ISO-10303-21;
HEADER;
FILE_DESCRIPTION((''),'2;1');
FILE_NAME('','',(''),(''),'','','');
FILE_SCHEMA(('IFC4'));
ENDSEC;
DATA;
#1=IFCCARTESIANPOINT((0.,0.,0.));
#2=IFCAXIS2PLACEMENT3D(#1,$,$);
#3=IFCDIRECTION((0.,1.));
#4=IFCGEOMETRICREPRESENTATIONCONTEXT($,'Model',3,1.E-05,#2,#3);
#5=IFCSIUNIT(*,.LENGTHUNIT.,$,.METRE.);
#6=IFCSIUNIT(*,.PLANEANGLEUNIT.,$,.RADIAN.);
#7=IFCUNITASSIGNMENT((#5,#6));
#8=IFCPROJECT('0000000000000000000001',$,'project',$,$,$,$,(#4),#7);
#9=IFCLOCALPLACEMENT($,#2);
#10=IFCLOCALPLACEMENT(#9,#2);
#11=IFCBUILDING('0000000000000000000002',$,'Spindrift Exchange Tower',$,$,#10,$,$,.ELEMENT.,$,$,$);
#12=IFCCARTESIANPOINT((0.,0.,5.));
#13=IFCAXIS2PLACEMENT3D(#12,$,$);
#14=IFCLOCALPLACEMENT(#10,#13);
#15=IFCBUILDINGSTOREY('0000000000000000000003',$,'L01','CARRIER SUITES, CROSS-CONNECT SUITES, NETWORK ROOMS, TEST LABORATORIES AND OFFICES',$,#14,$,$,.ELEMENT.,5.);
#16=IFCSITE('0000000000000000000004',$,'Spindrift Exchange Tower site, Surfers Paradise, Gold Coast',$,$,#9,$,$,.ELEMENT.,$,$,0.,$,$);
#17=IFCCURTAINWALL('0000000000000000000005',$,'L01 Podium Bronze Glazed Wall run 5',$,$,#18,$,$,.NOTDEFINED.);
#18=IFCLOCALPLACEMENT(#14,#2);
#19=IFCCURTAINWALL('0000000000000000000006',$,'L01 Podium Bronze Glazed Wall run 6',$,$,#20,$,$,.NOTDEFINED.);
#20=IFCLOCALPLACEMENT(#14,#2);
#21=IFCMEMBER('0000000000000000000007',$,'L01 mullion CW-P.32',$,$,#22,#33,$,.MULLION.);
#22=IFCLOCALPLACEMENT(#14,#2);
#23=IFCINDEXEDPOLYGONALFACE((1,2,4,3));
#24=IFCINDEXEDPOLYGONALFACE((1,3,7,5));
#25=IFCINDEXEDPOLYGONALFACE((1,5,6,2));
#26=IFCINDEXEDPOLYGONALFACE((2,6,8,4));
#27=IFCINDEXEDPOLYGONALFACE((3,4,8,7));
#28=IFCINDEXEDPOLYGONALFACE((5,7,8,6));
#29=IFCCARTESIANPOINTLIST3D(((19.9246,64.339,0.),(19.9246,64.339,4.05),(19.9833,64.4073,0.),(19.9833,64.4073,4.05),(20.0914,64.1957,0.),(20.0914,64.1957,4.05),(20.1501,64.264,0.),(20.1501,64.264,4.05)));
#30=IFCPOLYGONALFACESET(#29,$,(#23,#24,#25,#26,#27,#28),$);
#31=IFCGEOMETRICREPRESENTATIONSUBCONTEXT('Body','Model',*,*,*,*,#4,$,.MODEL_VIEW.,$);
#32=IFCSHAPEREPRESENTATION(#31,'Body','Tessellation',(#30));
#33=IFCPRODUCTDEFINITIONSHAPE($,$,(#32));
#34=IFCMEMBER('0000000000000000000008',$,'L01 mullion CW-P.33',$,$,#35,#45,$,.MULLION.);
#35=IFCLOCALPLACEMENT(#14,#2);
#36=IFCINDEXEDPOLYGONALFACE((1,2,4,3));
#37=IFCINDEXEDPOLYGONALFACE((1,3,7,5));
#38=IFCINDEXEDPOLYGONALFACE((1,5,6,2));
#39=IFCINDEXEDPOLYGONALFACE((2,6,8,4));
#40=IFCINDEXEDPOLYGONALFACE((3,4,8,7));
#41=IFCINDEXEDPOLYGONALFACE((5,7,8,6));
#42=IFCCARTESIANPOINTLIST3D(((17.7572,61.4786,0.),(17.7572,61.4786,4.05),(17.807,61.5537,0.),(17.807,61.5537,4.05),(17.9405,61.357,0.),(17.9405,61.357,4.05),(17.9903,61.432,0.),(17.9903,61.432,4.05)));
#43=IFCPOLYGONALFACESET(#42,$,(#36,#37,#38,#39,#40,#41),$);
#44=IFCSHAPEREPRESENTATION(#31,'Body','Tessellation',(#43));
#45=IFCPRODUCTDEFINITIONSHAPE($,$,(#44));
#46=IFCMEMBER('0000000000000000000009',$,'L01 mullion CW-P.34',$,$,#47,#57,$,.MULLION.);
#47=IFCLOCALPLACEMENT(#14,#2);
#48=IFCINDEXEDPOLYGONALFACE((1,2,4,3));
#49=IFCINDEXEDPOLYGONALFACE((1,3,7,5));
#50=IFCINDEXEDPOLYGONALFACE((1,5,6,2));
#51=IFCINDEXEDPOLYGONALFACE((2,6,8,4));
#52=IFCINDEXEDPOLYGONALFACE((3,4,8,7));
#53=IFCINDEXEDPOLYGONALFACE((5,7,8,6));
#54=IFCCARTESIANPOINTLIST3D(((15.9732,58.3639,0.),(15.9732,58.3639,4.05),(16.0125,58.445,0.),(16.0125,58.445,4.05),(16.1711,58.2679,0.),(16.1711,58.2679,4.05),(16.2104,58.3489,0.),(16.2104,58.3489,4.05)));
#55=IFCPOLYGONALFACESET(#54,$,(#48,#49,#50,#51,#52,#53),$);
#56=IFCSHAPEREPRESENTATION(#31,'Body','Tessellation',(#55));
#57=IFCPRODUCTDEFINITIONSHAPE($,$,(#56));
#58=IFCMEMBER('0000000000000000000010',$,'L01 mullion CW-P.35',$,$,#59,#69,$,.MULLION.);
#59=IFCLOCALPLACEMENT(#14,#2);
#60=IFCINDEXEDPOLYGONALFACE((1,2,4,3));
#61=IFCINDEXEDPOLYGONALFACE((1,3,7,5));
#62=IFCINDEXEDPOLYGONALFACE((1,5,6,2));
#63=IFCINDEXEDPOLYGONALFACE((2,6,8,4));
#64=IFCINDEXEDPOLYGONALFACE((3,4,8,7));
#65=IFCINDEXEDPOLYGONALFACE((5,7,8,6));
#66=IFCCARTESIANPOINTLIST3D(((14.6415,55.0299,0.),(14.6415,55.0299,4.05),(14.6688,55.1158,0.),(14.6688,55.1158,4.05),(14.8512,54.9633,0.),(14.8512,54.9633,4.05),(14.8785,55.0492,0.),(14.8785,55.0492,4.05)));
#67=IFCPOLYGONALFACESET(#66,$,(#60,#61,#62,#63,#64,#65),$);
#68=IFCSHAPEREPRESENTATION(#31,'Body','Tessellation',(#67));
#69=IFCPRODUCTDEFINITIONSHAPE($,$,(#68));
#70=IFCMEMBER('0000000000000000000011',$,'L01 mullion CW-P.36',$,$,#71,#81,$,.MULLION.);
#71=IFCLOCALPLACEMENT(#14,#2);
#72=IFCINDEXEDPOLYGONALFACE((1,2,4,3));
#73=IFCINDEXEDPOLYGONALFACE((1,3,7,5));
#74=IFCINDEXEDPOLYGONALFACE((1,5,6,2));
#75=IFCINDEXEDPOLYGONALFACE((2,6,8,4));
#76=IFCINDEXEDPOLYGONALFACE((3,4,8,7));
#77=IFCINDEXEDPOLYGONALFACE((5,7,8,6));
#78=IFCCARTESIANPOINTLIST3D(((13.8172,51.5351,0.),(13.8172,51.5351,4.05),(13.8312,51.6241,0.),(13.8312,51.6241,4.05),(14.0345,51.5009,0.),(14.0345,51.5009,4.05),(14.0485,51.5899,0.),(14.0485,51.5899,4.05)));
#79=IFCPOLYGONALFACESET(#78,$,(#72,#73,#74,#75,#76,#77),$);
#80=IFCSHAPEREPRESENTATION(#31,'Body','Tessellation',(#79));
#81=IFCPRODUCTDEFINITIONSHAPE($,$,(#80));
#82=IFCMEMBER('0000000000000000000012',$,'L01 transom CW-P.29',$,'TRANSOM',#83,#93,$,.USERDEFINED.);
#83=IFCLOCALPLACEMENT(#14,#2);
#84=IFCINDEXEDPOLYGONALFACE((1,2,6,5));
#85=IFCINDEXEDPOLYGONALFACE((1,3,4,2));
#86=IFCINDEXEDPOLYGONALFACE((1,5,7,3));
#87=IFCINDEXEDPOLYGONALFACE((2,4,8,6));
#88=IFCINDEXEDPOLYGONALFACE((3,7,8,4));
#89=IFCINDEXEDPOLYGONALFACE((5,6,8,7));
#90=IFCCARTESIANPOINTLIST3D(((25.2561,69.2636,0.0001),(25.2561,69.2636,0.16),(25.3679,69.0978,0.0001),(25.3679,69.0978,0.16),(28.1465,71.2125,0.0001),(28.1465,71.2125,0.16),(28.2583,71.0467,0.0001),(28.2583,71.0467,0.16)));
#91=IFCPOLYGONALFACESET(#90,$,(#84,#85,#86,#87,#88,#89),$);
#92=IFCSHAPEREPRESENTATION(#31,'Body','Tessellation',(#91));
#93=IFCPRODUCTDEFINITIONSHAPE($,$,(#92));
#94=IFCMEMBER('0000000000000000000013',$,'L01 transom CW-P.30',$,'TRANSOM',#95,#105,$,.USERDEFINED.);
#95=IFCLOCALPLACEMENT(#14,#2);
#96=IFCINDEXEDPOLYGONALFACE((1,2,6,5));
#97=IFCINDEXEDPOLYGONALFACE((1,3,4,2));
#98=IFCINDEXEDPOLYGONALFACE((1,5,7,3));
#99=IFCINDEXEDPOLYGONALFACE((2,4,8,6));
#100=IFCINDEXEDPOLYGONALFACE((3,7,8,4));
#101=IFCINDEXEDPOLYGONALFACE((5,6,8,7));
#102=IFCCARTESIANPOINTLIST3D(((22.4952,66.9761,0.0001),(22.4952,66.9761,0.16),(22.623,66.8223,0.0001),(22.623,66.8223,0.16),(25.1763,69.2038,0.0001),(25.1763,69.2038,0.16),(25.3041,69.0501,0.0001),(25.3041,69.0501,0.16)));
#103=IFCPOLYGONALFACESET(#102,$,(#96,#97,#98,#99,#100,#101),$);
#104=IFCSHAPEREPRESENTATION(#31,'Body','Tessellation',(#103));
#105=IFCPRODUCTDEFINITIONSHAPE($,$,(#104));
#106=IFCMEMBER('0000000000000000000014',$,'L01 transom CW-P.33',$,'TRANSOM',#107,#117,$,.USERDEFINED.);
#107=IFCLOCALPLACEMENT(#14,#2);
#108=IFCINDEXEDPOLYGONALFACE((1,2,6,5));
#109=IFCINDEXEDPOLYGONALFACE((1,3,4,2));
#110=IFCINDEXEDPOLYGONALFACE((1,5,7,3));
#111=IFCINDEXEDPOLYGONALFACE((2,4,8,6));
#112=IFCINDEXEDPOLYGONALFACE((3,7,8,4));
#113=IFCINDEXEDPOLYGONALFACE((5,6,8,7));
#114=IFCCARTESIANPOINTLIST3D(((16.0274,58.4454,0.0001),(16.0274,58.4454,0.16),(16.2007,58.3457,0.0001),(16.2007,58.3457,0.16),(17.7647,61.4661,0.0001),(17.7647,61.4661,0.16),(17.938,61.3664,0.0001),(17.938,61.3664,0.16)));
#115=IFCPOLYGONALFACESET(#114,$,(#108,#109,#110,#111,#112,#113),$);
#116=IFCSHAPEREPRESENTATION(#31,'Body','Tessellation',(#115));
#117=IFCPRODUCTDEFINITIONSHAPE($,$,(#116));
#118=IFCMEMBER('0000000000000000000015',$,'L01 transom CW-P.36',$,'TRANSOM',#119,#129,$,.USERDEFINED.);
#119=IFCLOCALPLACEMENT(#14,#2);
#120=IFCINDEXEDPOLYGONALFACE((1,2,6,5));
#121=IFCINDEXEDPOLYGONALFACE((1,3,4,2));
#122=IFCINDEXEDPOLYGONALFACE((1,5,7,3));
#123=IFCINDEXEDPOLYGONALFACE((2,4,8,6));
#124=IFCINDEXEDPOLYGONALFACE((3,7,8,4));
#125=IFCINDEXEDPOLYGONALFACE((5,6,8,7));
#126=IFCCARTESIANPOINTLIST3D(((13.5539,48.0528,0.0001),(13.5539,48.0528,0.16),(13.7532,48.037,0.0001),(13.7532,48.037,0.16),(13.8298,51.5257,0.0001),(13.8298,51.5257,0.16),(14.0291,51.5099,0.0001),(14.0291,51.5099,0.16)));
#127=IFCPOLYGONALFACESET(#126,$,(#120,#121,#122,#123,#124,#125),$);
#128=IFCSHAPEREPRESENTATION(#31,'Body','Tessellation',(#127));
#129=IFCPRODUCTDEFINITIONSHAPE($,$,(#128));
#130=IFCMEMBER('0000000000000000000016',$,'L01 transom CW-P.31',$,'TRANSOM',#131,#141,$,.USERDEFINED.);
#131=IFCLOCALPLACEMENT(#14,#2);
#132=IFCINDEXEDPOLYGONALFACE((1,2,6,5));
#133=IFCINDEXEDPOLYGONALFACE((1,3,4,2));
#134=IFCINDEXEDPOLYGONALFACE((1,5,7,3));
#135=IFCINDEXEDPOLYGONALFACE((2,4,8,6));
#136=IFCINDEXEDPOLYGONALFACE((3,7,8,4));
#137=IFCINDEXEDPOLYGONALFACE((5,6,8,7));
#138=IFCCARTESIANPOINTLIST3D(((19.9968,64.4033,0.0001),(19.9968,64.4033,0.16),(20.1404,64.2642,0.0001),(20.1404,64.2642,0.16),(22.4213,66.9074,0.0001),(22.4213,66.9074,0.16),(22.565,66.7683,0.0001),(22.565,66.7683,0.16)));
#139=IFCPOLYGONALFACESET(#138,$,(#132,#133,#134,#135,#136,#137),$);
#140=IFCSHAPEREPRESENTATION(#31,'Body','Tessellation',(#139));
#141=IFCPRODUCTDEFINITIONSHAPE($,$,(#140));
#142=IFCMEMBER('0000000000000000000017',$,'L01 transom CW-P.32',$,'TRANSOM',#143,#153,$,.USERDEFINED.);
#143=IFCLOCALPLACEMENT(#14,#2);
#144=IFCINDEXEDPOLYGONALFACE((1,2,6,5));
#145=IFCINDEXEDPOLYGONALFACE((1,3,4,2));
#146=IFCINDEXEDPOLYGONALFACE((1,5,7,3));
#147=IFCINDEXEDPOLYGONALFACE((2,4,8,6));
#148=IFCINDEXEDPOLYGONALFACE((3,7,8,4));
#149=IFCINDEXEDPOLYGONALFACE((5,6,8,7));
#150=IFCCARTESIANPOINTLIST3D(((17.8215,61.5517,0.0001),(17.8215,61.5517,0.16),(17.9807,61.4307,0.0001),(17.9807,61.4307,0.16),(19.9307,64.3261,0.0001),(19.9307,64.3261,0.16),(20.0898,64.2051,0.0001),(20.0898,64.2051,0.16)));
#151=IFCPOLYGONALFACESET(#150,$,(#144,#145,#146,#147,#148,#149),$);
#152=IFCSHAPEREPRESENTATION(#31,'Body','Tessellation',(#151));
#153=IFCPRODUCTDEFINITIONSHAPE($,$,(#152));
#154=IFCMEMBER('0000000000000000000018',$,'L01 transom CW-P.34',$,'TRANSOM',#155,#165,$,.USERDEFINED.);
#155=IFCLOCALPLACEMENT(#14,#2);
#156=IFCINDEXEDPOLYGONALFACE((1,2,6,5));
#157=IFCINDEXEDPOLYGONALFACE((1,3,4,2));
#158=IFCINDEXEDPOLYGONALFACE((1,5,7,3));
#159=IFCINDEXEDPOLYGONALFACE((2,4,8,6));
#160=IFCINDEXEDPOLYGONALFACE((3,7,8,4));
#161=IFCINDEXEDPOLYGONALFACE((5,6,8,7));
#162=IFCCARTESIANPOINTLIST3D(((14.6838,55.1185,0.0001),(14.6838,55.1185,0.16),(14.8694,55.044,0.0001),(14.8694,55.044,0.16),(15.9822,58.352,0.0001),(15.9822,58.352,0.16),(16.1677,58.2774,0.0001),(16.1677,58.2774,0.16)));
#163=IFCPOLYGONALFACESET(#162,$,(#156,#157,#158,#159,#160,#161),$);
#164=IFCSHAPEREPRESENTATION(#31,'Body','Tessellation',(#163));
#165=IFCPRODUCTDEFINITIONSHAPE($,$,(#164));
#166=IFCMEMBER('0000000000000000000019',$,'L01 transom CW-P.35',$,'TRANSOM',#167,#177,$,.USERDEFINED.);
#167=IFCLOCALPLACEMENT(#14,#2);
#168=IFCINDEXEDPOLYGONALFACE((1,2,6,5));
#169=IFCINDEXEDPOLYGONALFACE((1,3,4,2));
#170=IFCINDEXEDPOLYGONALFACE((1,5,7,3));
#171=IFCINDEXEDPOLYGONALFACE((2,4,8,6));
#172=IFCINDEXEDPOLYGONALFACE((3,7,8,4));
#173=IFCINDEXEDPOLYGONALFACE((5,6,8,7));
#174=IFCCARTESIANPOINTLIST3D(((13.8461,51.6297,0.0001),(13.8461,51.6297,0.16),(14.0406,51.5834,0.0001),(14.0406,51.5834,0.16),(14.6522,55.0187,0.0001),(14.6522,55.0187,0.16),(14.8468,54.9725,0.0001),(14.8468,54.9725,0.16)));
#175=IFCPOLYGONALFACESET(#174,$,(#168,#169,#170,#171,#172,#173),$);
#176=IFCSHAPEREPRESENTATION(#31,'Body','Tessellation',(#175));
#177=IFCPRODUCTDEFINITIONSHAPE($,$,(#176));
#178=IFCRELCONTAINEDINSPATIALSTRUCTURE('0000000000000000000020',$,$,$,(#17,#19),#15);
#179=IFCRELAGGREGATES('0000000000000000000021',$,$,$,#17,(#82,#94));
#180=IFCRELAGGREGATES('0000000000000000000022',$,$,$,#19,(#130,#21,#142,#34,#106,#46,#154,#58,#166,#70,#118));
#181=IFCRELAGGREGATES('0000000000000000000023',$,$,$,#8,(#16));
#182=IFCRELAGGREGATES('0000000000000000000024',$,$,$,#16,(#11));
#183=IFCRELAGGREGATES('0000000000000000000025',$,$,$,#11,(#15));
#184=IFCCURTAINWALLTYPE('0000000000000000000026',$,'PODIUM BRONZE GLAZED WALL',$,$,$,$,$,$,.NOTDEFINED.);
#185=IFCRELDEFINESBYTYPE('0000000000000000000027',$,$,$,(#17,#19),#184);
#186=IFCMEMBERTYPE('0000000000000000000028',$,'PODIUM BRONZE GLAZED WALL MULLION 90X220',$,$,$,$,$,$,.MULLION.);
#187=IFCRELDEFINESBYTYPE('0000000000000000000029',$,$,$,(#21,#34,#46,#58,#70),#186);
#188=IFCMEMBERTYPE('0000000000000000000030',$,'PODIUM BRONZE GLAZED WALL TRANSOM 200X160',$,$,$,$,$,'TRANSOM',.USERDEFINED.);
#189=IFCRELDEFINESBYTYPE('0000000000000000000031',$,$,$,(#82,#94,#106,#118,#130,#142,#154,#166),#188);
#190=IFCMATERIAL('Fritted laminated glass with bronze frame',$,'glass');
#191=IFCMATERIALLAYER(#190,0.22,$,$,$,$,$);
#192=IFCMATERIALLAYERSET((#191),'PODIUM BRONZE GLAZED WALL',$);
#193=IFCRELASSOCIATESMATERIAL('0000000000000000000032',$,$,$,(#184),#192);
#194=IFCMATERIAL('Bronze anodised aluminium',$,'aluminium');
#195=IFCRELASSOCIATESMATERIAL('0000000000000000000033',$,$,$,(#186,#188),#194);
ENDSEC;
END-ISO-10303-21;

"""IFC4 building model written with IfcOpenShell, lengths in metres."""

from ifc_helpers import new_model, si_unit, direction, frame, origin, origin_2d, place, context, subcontext, project, spatial, rectangle, extrude, source, transform, mapped, material, layer, layer_set, material_profile, profile_set, type_object, element, aggregate, save


model = new_model("IFC4")

# Units and contexts
model_context = context("Model", 3, precision=1e-05, world=origin(), true_north=direction((0.0, 1.0)))
body_context = subcontext(model_context, "Body", "Model", "MODEL_VIEW")
ifc_project = project(units=[si_unit("LENGTHUNIT", "METRE"), si_unit("PLANEANGLEUNIT", "RADIAN")], contexts=[model_context])

# Site, building, storey
site_placement = place(None, origin())
site = spatial("IfcSite", under=ifc_project, at=site_placement, Name="Spindrift Exchange Tower site, Surfers Paradise, Gold Coast", CompositionType="ELEMENT", RefElevation=0.0)
building_placement = place(site_placement, origin())
building = spatial("IfcBuilding", under=site, at=building_placement, Name="Spindrift Exchange Tower", CompositionType="ELEMENT")
storey_placement = place(building_placement, frame((0.0, 0.0, 5.0)))
storey = spatial("IfcBuildingStorey", under=building, at=storey_placement, Name="L01", Description="CARRIER SUITES, CROSS-CONNECT SUITES, NETWORK ROOMS, TEST LABORATORIES AND OFFICES", CompositionType="ELEMENT", Elevation=5.0)

# Curtain walls, members
ifc_material_1 = material(Name="Fritted laminated glass with bronze frame", Category="glass")
ifc_layer_1 = layer(ifc_material_1, 0.22)
ifc_layer_set_1 = layer_set([ifc_layer_1], Name="PODIUM BRONZE GLAZED WALL")
curtain_wall_type = type_object("IfcCurtainWallType", Name="PODIUM BRONZE GLAZED WALL", PredefinedType="NOTDEFINED", material=ifc_layer_set_1)
curtain_wall_1_placement = place(storey_placement, origin())
curtain_wall_1 = element("IfcCurtainWall", 1, at=curtain_wall_1_placement, inside=storey, type_object=curtain_wall_type, Name="L01 Podium Bronze Glazed Wall run 5", PredefinedType="NOTDEFINED")
ifc_material_2 = material(Name="Bronze anodised aluminium", Category="aluminium")
ifc_material_profile_1 = material_profile(ifc_material_2, rectangle(XDim=0.0901, YDim=0.22, at=origin_2d()), Name="PODIUM BRONZE GLAZED WALL MULLION 90X220")
ifc_profile_set_1 = profile_set([ifc_material_profile_1], Name="Bronze anodised aluminium")
member_type_1 = type_object("IfcMemberType", Name="PODIUM BRONZE GLAZED WALL MULLION 90X220", PredefinedType="MULLION", material=ifc_profile_set_1)
shared_shape_1 = source(origin(), body_context, "Body", "SweptSolid", [
    extrude(rectangle(XDim=0.0901, YDim=0.22, at=origin_2d()), origin(), (0.0, 0.0, 1.0), 4.05),
])
curtain_wall_2_placement = place(storey_placement, origin())
curtain_wall_2 = element("IfcCurtainWall", 2, at=curtain_wall_2_placement, inside=storey, type_object=curtain_wall_type, Name="L01 Podium Bronze Glazed Wall run 6", PredefinedType="NOTDEFINED")
member_1_placement = place(storey_placement, frame((20.0374, 64.3015, 0.0), z_axis=(0.0, 0.0, 1.0), x_axis=(-0.651538, -0.758616, 0.0)))
member_1 = element("IfcMember", 3, at=member_1_placement, type_object=member_type_1, Name="L01 mullion CW-P.32", PredefinedType="MULLION", context=body_context, shape_type="MappedRepresentation", body=[
    mapped(shared_shape_1, transform((0.0, 0.0, 0.0), scale=1.0)),
])
member_2_placement = place(storey_placement, frame((17.8738, 61.4553, 0.0), z_axis=(0.0, 0.0, 1.0), x_axis=(-0.552979, -0.833195, 0.0)))
member_2 = element("IfcMember", 4, at=member_2_placement, type_object=member_type_1, Name="L01 mullion CW-P.33", PredefinedType="MULLION", context=body_context, shape_type="MappedRepresentation", body=[
    mapped(shared_shape_1, transform((0.0, 0.0, 0.0), scale=1.0)),
])
member_3_placement = place(storey_placement, frame((16.0918, 58.3564, 0.0), z_axis=(0.0, 0.0, 1.0), x_axis=(-0.436633, -0.89964, 0.0)))
member_3 = element("IfcMember", 5, at=member_3_placement, type_object=member_type_1, Name="L01 mullion CW-P.34", PredefinedType="MULLION", context=body_context, shape_type="MappedRepresentation", body=[
    mapped(shared_shape_1, transform((0.0, 0.0, 0.0), scale=1.0)),
])
member_4_placement = place(storey_placement, frame((14.76, 55.0396, 0.0), z_axis=(0.0, 0.0, 1.0), x_axis=(-0.302835, -0.953043, 0.0)))
member_4 = element("IfcMember", 6, at=member_4_placement, type_object=member_type_1, Name="L01 mullion CW-P.35", PredefinedType="MULLION", context=body_context, shape_type="MappedRepresentation", body=[
    mapped(shared_shape_1, transform((0.0, 0.0, 0.0), scale=1.0)),
])
member_5_placement = place(storey_placement, frame((13.9329, 51.5625, 0.0), z_axis=(0.0, 0.0, 1.0), x_axis=(-0.155743, -0.987798, 0.0)))
member_5 = element("IfcMember", 7, at=member_5_placement, type_object=member_type_1, Name="L01 mullion CW-P.36", PredefinedType="MULLION", context=body_context, shape_type="MappedRepresentation", body=[
    mapped(shared_shape_1, transform((0.0, 0.0, 0.0), scale=1.0)),
])

# Members
ifc_material_profile_2 = material_profile(ifc_material_2, rectangle(XDim=0.2, YDim=0.1599, at=origin_2d()), Name="PODIUM BRONZE GLAZED WALL TRANSOM 200X160")
ifc_profile_set_2 = profile_set([ifc_material_profile_2], Name="Bronze anodised aluminium")
member_type_2 = type_object("IfcMemberType", Name="PODIUM BRONZE GLAZED WALL TRANSOM 200X160", ElementType="TRANSOM", PredefinedType="USERDEFINED", material=ifc_profile_set_2)
shared_shape_2 = source(origin(), body_context, "Body", "SweptSolid", [
    extrude(rectangle(XDim=0.2, YDim=0.1599, at=origin_2d()), origin(), (0.0, 0.0, 1.0), 3.4861),
])
member_6_placement = place(storey_placement, frame((28.2024, 71.1296, 0.0801), z_axis=(-0.829119, -0.559072, 0.0), x_axis=(0.559072, -0.829119, 0.0)))
member_6 = element("IfcMember", 8, at=member_6_placement, type_object=member_type_2, Name="L01 transom CW-P.29", ObjectType="TRANSOM", PredefinedType="USERDEFINED", context=body_context, shape_type="MappedRepresentation", body=[
    mapped(shared_shape_2, transform((0.0, 0.0, 0.0), scale=1.0)),
])
shared_shape_3 = source(origin(), body_context, "Body", "SweptSolid", [
    extrude(rectangle(XDim=0.2, YDim=0.1599, at=origin_2d()), origin(), (0.0, 0.0, 1.0), 3.4858),
])
member_7_placement = place(storey_placement, frame((25.2402, 69.127, 0.0801), z_axis=(-0.769139, -0.639082, 0.0), x_axis=(0.639082, -0.769139, 0.0)))
member_7 = element("IfcMember", 9, at=member_7_placement, type_object=member_type_2, Name="L01 transom CW-P.30", ObjectType="TRANSOM", PredefinedType="USERDEFINED", context=body_context, shape_type="MappedRepresentation", body=[
    mapped(shared_shape_3, transform((0.0, 0.0, 0.0), scale=1.0)),
])
shared_shape_4 = source(origin(), body_context, "Body", "SweptSolid", [
    extrude(rectangle(XDim=0.2, YDim=0.1599, at=origin_2d()), origin(), (0.0, 0.0, 1.0), 3.4846),
])
member_8_placement = place(storey_placement, frame((17.8513, 61.4163, 0.0801), z_axis=(-0.498551, -0.86686, 0.0), x_axis=(0.86686, -0.498551, 0.0)))
member_8 = element("IfcMember", 10, at=member_8_placement, type_object=member_type_2, Name="L01 transom CW-P.33", ObjectType="TRANSOM", PredefinedType="USERDEFINED", context=body_context, shape_type="MappedRepresentation", body=[
    mapped(shared_shape_4, transform((0.0, 0.0, 0.0), scale=1.0)),
])
shared_shape_5 = source(origin(), body_context, "Body", "SweptSolid", [
    extrude(rectangle(XDim=0.2, YDim=0.1599, at=origin_2d()), origin(), (0.0, 0.0, 1.0), 3.4839),
])
member_9_placement = place(storey_placement, frame((13.9294, 51.5178, 0.0801), z_axis=(-0.079188, -0.99686, 0.0), x_axis=(0.99686, -0.079188, 0.0)))
member_9 = element("IfcMember", 11, at=member_9_placement, type_object=member_type_2, Name="L01 transom CW-P.36", ObjectType="TRANSOM", PredefinedType="USERDEFINED", context=body_context, shape_type="MappedRepresentation", body=[
    mapped(shared_shape_5, transform((0.0, 0.0, 0.0), scale=1.0)),
])
shared_shape_6 = source(origin(), body_context, "Body", "SweptSolid", [
    extrude(rectangle(XDim=0.2, YDim=0.1599, at=origin_2d()), origin(), (0.0, 0.0, 1.0), 3.4856),
])
member_10_placement = place(storey_placement, frame((22.4932, 66.8379, 0.0801), z_axis=(-0.695598, -0.718432, 0.0), x_axis=(0.718432, -0.695598, 0.0)))
member_10 = element("IfcMember", 12, at=member_10_placement, type_object=member_type_2, Name="L01 transom CW-P.31", ObjectType="TRANSOM", PredefinedType="USERDEFINED", context=body_context, shape_type="MappedRepresentation", body=[
    mapped(shared_shape_6, transform((0.0, 0.0, 0.0), scale=1.0)),
])
shared_shape_7 = source(origin(), body_context, "Body", "SweptSolid", [
    extrude(rectangle(XDim=0.2, YDim=0.1599, at=origin_2d()), origin(), (0.0, 0.0, 1.0), 3.4851),
])
member_11_placement = place(storey_placement, frame((20.0103, 64.2656, 0.0801), z_axis=(-0.605188, -0.796083, 0.0), x_axis=(0.796083, -0.605188, 0.0)))
member_11 = element("IfcMember", 13, at=member_11_placement, type_object=member_type_2, Name="L01 transom CW-P.32", ObjectType="TRANSOM", PredefinedType="USERDEFINED", context=body_context, shape_type="MappedRepresentation", body=[
    mapped(shared_shape_7, transform((0.0, 0.0, 0.0), scale=1.0)),
])
shared_shape_8 = source(origin(), body_context, "Body", "SweptSolid", [
    extrude(rectangle(XDim=0.2, YDim=0.1599, at=origin_2d()), origin(), (0.0, 0.0, 1.0), 3.4844),
])
member_12_placement = place(storey_placement, frame((16.075, 58.3147, 0.0801), z_axis=(-0.372623, -0.927983, 0.0), x_axis=(0.927983, -0.372623, 0.0)))
member_12 = element("IfcMember", 14, at=member_12_placement, type_object=member_type_2, Name="L01 transom CW-P.34", ObjectType="TRANSOM", PredefinedType="USERDEFINED", context=body_context, shape_type="MappedRepresentation", body=[
    mapped(shared_shape_8, transform((0.0, 0.0, 0.0), scale=1.0)),
])
shared_shape_9 = source(origin(), body_context, "Body", "SweptSolid", [
    extrude(rectangle(XDim=0.2, YDim=0.1599, at=origin_2d()), origin(), (0.0, 0.0, 1.0), 3.4836),
])
member_13_placement = place(storey_placement, frame((14.7495, 54.9956, 0.0801), z_axis=(-0.231406, -0.972857, 0.0), x_axis=(0.972857, -0.231406, 0.0)))
member_13 = element("IfcMember", 15, at=member_13_placement, type_object=member_type_2, Name="L01 transom CW-P.35", ObjectType="TRANSOM", PredefinedType="USERDEFINED", context=body_context, shape_type="MappedRepresentation", body=[
    mapped(shared_shape_9, transform((0.0, 0.0, 0.0), scale=1.0)),
])

aggregate(curtain_wall_1, [member_6, member_7])
aggregate(curtain_wall_2, [member_10, member_1, member_11, member_2, member_8, member_3, member_12, member_4, member_13, member_5, member_9])

save(model, "model.ifc")
